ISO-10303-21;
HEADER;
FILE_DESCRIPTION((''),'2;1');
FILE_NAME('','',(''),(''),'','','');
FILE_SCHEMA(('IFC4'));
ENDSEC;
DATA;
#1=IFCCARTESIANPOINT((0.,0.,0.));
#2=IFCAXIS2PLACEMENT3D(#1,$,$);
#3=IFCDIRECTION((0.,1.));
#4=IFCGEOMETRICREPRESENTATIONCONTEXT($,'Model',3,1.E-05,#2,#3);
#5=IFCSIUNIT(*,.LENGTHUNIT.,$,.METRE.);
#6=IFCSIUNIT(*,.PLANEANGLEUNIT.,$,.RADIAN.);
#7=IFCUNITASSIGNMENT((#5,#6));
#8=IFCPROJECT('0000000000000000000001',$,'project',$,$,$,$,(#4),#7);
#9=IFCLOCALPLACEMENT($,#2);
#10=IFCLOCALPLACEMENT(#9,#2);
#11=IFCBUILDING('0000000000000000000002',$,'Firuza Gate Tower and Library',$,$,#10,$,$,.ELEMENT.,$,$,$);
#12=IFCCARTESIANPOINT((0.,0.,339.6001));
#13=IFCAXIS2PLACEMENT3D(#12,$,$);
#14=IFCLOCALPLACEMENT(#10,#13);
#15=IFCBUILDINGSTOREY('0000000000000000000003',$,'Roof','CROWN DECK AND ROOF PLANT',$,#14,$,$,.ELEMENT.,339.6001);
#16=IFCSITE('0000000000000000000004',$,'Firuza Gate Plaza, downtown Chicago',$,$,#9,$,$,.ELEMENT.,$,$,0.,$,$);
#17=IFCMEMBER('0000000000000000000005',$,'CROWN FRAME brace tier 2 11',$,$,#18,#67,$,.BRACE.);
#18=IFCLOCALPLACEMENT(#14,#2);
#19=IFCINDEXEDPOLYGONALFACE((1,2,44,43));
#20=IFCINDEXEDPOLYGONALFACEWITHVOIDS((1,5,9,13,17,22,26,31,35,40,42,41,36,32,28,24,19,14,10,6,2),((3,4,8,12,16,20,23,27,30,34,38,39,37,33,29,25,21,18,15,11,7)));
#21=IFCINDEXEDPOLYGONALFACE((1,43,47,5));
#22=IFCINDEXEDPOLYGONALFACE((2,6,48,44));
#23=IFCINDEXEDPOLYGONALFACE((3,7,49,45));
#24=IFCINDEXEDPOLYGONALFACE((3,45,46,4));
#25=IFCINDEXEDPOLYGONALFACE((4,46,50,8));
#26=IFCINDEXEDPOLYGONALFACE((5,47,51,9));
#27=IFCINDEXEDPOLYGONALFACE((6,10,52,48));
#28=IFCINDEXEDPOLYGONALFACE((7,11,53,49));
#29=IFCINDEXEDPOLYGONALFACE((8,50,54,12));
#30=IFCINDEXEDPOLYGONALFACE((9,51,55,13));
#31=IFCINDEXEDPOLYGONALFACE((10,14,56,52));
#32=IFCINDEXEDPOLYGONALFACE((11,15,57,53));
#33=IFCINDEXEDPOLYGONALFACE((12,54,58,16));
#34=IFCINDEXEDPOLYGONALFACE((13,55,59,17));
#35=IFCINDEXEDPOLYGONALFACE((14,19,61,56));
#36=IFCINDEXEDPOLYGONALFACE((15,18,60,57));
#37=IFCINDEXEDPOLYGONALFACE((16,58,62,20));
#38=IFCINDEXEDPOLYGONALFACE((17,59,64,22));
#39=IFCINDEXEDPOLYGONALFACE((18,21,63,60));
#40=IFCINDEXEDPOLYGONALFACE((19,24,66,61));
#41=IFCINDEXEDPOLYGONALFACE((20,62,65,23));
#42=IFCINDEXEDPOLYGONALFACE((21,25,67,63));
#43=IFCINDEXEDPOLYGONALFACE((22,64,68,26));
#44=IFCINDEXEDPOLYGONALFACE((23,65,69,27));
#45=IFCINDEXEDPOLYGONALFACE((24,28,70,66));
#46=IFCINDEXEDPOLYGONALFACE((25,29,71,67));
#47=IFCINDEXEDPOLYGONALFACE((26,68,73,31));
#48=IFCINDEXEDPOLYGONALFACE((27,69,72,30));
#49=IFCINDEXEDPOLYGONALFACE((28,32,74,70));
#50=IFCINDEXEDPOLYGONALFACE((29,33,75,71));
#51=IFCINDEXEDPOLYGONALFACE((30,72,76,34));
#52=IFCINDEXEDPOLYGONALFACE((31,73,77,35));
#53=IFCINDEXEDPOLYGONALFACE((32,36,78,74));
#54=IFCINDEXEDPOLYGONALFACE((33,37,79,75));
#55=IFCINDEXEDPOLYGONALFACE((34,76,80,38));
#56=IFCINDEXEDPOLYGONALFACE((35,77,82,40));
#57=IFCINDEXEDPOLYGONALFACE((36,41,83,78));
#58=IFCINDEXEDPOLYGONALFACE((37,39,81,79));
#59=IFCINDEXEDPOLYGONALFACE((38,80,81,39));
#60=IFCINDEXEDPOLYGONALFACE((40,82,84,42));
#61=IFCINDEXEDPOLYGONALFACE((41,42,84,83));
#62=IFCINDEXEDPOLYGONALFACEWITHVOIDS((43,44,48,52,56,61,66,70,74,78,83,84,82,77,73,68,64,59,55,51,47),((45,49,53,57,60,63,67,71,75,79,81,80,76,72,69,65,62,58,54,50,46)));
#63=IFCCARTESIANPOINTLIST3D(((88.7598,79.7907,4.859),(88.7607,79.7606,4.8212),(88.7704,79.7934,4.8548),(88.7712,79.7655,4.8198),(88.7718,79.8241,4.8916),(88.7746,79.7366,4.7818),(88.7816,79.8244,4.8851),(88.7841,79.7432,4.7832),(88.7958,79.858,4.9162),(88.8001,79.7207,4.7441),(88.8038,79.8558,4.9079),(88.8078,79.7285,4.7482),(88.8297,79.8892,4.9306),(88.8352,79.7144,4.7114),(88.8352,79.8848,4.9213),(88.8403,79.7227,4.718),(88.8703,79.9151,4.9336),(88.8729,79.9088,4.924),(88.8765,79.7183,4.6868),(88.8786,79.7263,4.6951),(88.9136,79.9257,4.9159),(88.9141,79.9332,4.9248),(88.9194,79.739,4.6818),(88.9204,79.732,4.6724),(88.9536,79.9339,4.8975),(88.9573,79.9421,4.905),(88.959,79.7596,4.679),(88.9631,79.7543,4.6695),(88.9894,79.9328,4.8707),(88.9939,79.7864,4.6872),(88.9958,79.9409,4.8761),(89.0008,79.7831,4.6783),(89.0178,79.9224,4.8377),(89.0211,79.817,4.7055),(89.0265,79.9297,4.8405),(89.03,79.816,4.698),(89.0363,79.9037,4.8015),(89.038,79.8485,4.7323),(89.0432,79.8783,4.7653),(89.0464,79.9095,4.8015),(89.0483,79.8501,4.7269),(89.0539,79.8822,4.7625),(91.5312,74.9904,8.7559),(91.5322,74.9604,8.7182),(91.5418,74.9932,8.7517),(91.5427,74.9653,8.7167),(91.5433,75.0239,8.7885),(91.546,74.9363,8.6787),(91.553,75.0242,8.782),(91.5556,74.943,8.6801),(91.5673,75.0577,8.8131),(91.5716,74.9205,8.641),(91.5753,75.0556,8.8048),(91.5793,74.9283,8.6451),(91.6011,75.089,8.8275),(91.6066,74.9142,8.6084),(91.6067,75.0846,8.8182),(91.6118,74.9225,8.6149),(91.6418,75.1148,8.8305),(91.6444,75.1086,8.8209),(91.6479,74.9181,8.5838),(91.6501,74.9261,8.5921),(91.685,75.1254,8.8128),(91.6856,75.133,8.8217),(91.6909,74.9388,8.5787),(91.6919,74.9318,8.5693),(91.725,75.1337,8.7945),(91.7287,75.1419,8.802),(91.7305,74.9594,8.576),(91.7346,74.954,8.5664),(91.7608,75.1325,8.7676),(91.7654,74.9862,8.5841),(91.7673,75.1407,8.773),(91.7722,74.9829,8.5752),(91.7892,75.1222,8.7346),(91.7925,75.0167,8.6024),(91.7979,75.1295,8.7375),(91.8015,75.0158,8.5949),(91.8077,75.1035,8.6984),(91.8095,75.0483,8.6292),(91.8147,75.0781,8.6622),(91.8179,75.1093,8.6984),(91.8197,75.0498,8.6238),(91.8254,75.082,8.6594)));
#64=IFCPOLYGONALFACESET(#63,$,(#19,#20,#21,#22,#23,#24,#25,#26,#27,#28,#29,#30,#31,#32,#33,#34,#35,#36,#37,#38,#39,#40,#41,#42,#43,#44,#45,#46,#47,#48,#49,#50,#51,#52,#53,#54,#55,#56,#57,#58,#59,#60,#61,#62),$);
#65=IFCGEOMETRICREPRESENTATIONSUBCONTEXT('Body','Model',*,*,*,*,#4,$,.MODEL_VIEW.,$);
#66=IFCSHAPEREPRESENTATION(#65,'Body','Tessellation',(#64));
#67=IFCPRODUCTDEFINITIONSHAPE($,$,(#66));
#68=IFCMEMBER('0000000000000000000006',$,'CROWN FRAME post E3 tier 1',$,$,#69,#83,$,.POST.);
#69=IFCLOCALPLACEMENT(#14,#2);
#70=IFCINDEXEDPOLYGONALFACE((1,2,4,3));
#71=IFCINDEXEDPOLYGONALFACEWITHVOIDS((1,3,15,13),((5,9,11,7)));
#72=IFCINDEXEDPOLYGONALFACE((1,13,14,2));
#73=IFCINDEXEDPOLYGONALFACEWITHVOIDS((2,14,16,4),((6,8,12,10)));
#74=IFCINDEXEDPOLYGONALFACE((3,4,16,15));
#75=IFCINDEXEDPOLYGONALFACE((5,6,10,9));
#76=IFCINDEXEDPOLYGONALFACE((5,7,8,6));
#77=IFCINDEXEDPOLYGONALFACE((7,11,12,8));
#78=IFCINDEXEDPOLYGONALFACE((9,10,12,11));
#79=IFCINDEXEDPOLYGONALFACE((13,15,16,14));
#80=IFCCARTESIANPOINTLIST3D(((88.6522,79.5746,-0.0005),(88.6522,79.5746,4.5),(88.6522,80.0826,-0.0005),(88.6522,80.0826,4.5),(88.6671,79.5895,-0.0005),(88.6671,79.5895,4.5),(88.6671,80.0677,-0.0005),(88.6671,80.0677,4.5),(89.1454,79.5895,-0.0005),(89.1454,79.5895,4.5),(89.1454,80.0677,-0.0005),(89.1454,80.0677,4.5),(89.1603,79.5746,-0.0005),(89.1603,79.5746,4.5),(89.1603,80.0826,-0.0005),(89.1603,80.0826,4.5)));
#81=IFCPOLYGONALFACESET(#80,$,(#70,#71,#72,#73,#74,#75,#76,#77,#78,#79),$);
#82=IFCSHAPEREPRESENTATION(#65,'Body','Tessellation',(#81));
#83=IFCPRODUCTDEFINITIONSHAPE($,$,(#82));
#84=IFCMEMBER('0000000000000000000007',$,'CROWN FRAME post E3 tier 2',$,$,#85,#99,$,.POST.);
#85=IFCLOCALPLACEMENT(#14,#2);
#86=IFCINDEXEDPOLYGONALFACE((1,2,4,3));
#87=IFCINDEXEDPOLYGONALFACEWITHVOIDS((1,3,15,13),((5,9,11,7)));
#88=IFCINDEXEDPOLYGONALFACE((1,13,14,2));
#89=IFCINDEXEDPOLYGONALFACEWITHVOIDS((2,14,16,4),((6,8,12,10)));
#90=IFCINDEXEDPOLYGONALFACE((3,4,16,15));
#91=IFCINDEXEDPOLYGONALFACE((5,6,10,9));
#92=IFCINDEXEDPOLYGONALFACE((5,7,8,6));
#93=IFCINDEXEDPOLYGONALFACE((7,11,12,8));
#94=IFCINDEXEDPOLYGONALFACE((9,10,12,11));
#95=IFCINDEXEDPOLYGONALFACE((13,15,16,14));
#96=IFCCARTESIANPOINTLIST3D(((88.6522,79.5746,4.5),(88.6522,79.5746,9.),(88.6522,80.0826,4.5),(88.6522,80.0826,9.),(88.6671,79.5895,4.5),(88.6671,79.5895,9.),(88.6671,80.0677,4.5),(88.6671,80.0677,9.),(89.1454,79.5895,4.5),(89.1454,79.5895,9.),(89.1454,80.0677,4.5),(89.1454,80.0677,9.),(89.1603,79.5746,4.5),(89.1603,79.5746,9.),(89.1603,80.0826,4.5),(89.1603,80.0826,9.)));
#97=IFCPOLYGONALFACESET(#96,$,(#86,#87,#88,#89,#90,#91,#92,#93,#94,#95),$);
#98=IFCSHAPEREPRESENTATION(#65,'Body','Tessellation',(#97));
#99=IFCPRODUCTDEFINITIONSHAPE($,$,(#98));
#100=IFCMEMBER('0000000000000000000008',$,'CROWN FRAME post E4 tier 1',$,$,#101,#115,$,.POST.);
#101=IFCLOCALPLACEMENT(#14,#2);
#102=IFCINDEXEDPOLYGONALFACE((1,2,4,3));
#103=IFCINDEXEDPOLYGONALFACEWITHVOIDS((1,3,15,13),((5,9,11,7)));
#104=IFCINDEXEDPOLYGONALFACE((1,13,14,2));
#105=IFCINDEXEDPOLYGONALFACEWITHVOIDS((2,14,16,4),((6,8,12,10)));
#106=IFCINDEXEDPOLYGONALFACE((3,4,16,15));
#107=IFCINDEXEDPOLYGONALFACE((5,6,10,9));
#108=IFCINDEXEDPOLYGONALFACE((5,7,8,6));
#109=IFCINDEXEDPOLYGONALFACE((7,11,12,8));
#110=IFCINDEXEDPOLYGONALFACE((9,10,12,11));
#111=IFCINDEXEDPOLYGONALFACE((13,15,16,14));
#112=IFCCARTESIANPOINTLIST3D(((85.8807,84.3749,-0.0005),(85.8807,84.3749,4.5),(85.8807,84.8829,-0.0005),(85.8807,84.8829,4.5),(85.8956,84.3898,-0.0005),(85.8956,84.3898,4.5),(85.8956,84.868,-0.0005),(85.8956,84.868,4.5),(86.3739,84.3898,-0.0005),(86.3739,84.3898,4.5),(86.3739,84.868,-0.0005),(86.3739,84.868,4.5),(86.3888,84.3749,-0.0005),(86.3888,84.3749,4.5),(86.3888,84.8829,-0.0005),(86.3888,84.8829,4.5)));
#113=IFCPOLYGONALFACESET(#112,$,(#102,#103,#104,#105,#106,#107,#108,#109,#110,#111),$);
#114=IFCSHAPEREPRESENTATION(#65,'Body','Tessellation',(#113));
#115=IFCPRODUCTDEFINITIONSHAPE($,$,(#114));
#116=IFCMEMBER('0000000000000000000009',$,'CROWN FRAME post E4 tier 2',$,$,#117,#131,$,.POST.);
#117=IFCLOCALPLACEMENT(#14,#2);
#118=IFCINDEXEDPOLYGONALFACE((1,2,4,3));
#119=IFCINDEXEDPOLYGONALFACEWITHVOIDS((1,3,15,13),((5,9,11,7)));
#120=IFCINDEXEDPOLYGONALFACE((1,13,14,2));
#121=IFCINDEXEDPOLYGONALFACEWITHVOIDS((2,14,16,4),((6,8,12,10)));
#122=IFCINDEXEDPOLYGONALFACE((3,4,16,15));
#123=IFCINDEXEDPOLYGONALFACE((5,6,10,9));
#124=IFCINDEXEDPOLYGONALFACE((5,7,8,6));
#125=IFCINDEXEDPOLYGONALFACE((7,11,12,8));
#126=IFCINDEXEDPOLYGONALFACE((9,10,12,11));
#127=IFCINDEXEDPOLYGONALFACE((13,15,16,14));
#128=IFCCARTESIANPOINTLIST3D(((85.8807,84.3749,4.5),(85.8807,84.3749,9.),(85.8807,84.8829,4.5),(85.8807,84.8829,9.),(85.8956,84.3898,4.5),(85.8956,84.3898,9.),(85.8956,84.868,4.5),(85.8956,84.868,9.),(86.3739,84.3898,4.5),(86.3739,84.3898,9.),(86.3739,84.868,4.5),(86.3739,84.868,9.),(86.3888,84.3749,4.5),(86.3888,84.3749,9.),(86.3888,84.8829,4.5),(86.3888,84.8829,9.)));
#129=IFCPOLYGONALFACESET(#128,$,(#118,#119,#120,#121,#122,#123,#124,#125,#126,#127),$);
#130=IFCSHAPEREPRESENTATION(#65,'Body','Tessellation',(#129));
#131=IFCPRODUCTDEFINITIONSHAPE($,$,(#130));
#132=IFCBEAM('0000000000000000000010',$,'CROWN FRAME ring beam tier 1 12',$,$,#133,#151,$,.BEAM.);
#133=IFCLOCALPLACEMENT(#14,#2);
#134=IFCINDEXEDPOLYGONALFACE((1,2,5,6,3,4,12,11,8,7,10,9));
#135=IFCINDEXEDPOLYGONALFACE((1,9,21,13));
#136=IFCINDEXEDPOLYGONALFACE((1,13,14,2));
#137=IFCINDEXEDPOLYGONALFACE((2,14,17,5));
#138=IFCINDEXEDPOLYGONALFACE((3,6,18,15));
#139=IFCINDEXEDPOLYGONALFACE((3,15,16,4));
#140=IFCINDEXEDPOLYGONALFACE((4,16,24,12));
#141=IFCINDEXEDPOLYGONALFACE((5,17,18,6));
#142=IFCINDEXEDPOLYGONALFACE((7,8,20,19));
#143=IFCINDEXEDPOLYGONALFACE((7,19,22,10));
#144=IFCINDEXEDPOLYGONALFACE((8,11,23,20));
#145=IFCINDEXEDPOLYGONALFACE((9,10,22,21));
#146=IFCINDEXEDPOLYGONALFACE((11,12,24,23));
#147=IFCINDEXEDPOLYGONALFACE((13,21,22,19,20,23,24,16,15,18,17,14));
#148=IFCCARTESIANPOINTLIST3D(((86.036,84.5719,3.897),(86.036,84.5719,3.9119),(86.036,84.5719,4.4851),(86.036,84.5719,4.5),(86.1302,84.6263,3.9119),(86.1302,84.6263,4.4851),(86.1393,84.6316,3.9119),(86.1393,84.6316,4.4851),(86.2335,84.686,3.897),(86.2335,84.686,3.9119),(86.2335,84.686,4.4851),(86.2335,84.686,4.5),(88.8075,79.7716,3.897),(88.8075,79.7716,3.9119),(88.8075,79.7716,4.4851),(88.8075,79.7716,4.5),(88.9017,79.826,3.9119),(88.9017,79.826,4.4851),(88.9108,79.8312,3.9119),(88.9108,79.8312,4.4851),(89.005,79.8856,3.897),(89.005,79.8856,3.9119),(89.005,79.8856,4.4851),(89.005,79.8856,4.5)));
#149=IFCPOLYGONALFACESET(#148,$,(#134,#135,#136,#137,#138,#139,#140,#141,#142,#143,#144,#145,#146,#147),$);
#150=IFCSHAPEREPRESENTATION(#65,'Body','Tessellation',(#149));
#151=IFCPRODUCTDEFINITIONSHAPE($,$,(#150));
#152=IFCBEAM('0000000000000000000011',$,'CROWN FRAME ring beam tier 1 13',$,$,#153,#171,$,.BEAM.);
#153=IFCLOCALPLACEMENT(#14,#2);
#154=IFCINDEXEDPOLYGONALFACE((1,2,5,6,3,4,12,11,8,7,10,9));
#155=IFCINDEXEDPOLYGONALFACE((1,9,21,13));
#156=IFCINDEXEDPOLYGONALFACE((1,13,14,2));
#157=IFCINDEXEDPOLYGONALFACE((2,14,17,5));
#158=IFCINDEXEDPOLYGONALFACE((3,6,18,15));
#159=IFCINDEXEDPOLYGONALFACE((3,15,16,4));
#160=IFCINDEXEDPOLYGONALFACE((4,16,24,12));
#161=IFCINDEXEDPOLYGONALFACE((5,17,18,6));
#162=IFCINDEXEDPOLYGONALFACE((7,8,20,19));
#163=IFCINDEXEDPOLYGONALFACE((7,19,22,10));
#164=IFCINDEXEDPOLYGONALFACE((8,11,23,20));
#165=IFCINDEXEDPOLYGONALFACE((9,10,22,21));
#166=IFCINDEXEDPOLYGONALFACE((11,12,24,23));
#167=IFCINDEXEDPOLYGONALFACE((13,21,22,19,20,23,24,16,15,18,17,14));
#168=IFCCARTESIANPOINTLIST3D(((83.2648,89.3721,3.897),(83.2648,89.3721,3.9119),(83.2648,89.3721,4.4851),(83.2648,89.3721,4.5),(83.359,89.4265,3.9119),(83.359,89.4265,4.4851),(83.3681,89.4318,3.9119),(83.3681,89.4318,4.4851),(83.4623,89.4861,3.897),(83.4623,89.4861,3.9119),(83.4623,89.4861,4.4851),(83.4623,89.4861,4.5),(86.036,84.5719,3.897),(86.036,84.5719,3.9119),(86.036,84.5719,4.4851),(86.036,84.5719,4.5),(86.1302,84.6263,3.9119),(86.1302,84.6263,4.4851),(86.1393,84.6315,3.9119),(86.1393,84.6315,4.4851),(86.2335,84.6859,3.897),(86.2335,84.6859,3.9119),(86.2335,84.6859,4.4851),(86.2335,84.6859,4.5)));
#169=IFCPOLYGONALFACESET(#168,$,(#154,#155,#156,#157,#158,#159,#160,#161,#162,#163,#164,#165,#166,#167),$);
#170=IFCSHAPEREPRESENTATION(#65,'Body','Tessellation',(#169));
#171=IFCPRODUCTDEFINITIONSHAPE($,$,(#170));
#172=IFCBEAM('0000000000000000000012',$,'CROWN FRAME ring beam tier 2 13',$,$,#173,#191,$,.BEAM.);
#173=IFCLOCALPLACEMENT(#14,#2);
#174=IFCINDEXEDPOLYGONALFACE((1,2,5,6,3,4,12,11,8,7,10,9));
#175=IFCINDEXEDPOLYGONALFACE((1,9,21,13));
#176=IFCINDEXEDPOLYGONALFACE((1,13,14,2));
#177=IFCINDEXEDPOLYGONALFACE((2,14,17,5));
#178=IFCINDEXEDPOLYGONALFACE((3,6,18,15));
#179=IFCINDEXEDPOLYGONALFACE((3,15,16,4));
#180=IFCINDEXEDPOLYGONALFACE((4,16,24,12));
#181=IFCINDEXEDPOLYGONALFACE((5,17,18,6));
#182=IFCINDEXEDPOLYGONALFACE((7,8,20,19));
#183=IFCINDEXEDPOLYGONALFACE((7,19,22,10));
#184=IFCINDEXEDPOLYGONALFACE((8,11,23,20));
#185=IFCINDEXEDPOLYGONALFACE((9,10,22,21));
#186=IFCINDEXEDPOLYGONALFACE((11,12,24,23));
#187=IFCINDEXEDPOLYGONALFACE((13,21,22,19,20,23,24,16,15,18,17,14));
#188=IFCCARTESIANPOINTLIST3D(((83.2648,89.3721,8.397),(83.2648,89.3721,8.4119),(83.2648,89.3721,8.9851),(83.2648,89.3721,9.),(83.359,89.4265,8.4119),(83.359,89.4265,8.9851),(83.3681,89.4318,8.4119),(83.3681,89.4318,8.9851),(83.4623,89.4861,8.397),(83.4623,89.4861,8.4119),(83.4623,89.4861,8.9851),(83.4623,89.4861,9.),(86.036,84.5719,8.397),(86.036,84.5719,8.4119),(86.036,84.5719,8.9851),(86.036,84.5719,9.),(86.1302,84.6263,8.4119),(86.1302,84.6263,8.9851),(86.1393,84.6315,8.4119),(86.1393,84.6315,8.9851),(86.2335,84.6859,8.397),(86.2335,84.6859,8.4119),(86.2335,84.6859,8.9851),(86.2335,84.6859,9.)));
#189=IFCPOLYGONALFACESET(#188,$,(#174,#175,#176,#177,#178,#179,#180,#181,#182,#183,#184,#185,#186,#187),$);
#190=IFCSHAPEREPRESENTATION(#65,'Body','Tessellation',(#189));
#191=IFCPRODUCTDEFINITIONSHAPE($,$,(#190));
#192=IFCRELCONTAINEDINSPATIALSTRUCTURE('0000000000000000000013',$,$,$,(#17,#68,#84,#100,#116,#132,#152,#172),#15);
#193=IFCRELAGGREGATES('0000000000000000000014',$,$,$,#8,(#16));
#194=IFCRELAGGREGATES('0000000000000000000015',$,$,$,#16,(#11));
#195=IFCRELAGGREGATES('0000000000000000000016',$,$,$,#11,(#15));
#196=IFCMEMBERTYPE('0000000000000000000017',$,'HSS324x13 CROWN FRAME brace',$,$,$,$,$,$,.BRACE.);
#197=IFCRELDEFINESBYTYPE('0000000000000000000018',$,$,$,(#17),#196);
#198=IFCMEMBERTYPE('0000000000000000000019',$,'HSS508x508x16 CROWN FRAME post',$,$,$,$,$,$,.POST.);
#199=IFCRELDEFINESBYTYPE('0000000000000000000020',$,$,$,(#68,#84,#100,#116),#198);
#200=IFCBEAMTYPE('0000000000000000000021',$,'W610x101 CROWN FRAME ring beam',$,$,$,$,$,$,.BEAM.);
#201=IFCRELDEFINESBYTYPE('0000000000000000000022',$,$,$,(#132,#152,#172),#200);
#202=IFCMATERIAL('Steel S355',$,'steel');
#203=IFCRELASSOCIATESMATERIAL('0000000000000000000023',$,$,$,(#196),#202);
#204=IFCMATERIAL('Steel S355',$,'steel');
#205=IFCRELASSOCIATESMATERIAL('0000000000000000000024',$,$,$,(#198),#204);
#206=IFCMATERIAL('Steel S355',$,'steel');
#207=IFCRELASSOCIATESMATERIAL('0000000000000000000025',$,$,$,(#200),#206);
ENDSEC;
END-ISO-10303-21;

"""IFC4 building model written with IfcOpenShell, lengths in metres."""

from ifc_helpers import new_model, si_unit, direction, frame, origin, origin_2d, place, context, subcontext, project, spatial, hollow_rectangle, hollow_circle, i_section, extrude, material, material_profile, profile_set, type_object, element, save


model = new_model("IFC4")

# Units and contexts
model_context = context("Model", 3, precision=1e-05, world=origin(), true_north=direction((0.0, 1.0)))
body_context = subcontext(model_context, "Body", "Model", "MODEL_VIEW")
ifc_project = project(units=[si_unit("LENGTHUNIT", "METRE"), si_unit("PLANEANGLEUNIT", "RADIAN")], contexts=[model_context])

# Site, building, storey
site_placement = place(None, origin())
site = spatial("IfcSite", under=ifc_project, at=site_placement, Name="Firuza Gate Plaza, downtown Chicago", CompositionType="ELEMENT", RefElevation=0.0)
building_placement = place(site_placement, origin())
building = spatial("IfcBuilding", under=site, at=building_placement, Name="Firuza Gate Tower and Library", CompositionType="ELEMENT")
storey_placement = place(building_placement, frame((0.0, 0.0, 339.6001)))
storey = spatial("IfcBuildingStorey", under=building, at=storey_placement, Name="Roof", Description="CROWN DECK AND ROOF PLANT", CompositionType="ELEMENT", Elevation=339.6001)

# Members
ifc_material_1 = material(Name="Steel S355", Category="steel")
ifc_material_profile_1 = material_profile(ifc_material_1, hollow_circle(Radius=0.1619, WallThickness=0.0117, at=origin_2d()))
ifc_profile_set_1 = profile_set([ifc_material_profile_1], Name="Steel S355")
member_type_1 = type_object("IfcMemberType", Name="HSS324x13 CROWN FRAME brace", PredefinedType="BRACE", material=ifc_profile_set_1)
member_1_placement = place(storey_placement, frame((88.9062, 79.8286, 4.8015), z_axis=(0.409032, -0.708455, 0.575138), x_axis=(0.866023, 0.500005, 0.0)))
element("IfcMember", 1, at=member_1_placement, inside=storey, type_object=member_type_1, Name="CROWN FRAME brace tier 2 11", PredefinedType="BRACE", context=body_context, shape_type="SweptSolid", body=[
    extrude(hollow_circle(Radius=0.1619, WallThickness=0.0117, at=origin_2d()), origin(), (0.0, 0.0, 1.0), 6.7756),
])
ifc_material_2 = material(Name="Steel S355", Category="steel")
ifc_material_profile_2 = material_profile(ifc_material_2, hollow_rectangle(XDim=0.5081, YDim=0.5081, WallThickness=0.0149, at=origin_2d()))
ifc_profile_set_2 = profile_set([ifc_material_profile_2], Name="Steel S355")
member_type_2 = type_object("IfcMemberType", Name="HSS508x508x16 CROWN FRAME post", PredefinedType="POST", material=ifc_profile_set_2)
member_2_placement = place(storey_placement, frame((88.9062, 79.8286, -0.0005), z_axis=(0.0, 0.0, 1.0), x_axis=(1.0, 0.0, 0.0)))
element("IfcMember", 2, at=member_2_placement, inside=storey, type_object=member_type_2, Name="CROWN FRAME post E3 tier 1", PredefinedType="POST", context=body_context, shape_type="SweptSolid", body=[
    extrude(hollow_rectangle(XDim=0.5081, YDim=0.5081, WallThickness=0.0149, at=origin_2d()), origin(), (0.0, 0.0, 1.0), 4.5005),
])
member_3_placement = place(storey_placement, frame((88.9062, 79.8286, 4.5), z_axis=(0.0, 0.0, 1.0), x_axis=(1.0, 0.0, 0.0)))
element("IfcMember", 3, at=member_3_placement, inside=storey, type_object=member_type_2, Name="CROWN FRAME post E3 tier 2", PredefinedType="POST", context=body_context, shape_type="SweptSolid", body=[
    extrude(hollow_rectangle(XDim=0.5081, YDim=0.5081, WallThickness=0.0149, at=origin_2d()), origin(), (0.0, 0.0, 1.0), 4.5),
])
member_4_placement = place(storey_placement, frame((86.1348, 84.6289, -0.0005), z_axis=(0.0, 0.0, 1.0), x_axis=(1.0, 0.0, 0.0)))
element("IfcMember", 4, at=member_4_placement, inside=storey, type_object=member_type_2, Name="CROWN FRAME post E4 tier 1", PredefinedType="POST", context=body_context, shape_type="SweptSolid", body=[
    extrude(hollow_rectangle(XDim=0.5081, YDim=0.5081, WallThickness=0.0149, at=origin_2d()), origin(), (0.0, 0.0, 1.0), 4.5005),
])
member_5_placement = place(storey_placement, frame((86.1348, 84.6289, 4.5), z_axis=(0.0, 0.0, 1.0), x_axis=(1.0, 0.0, 0.0)))
element("IfcMember", 5, at=member_5_placement, inside=storey, type_object=member_type_2, Name="CROWN FRAME post E4 tier 2", PredefinedType="POST", context=body_context, shape_type="SweptSolid", body=[
    extrude(hollow_rectangle(XDim=0.5081, YDim=0.5081, WallThickness=0.0149, at=origin_2d()), origin(), (0.0, 0.0, 1.0), 4.5),
])

# Beams
ifc_material_3 = material(Name="Steel S355", Category="steel")
ifc_material_profile_3 = material_profile(ifc_material_3, i_section(OverallWidth=0.228, OverallDepth=0.603, WebThickness=0.0105, FlangeThickness=0.0149, at=origin_2d()))
ifc_profile_set_3 = profile_set([ifc_material_profile_3], Name="Steel S355")
beam_type = type_object("IfcBeamType", Name="W610x101 CROWN FRAME ring beam", PredefinedType="BEAM", material=ifc_profile_set_3)
beam_placement = place(storey_placement, frame((88.9062, 79.8286, 4.1985), z_axis=(-0.500005, 0.866023, 0.0), x_axis=(-0.866023, -0.500005, 0.0)))
element("IfcBeam", 6, at=beam_placement, inside=storey, type_object=beam_type, Name="CROWN FRAME ring beam tier 1 12", PredefinedType="BEAM", context=body_context, shape_type="SweptSolid", body=[
    extrude(i_section(OverallWidth=0.228, OverallDepth=0.603, WebThickness=0.0105, FlangeThickness=0.0149, at=origin_2d()), origin(), (0.0, 0.0, 1.0), 5.543),
])
for number, where, z_axis, x_axis, name in (
    (7, (86.1348, 84.6289, 4.1985), (-0.499972, 0.866042, 0.0), (-0.866042, -0.499972, 0.0), "CROWN FRAME ring beam tier 1 13"),
    (8, (86.1348, 84.6289, 8.6985), (-0.499972, 0.866042, 0.0), (-0.866042, -0.499972, 0.0), "CROWN FRAME ring beam tier 2 13"),
):
    element("IfcBeam", number, at=place(storey_placement, frame(where, z_axis=z_axis, x_axis=x_axis)), inside=storey, type_object=beam_type, Name=name, PredefinedType="BEAM", context=body_context, shape_type="SweptSolid", body=[
        extrude(i_section(OverallWidth=0.228, OverallDepth=0.603, WebThickness=0.0105, FlangeThickness=0.0149, at=origin_2d()), origin(), (0.0, 0.0, 1.0), 5.5427),
    ])

save(model, "model.ifc")
